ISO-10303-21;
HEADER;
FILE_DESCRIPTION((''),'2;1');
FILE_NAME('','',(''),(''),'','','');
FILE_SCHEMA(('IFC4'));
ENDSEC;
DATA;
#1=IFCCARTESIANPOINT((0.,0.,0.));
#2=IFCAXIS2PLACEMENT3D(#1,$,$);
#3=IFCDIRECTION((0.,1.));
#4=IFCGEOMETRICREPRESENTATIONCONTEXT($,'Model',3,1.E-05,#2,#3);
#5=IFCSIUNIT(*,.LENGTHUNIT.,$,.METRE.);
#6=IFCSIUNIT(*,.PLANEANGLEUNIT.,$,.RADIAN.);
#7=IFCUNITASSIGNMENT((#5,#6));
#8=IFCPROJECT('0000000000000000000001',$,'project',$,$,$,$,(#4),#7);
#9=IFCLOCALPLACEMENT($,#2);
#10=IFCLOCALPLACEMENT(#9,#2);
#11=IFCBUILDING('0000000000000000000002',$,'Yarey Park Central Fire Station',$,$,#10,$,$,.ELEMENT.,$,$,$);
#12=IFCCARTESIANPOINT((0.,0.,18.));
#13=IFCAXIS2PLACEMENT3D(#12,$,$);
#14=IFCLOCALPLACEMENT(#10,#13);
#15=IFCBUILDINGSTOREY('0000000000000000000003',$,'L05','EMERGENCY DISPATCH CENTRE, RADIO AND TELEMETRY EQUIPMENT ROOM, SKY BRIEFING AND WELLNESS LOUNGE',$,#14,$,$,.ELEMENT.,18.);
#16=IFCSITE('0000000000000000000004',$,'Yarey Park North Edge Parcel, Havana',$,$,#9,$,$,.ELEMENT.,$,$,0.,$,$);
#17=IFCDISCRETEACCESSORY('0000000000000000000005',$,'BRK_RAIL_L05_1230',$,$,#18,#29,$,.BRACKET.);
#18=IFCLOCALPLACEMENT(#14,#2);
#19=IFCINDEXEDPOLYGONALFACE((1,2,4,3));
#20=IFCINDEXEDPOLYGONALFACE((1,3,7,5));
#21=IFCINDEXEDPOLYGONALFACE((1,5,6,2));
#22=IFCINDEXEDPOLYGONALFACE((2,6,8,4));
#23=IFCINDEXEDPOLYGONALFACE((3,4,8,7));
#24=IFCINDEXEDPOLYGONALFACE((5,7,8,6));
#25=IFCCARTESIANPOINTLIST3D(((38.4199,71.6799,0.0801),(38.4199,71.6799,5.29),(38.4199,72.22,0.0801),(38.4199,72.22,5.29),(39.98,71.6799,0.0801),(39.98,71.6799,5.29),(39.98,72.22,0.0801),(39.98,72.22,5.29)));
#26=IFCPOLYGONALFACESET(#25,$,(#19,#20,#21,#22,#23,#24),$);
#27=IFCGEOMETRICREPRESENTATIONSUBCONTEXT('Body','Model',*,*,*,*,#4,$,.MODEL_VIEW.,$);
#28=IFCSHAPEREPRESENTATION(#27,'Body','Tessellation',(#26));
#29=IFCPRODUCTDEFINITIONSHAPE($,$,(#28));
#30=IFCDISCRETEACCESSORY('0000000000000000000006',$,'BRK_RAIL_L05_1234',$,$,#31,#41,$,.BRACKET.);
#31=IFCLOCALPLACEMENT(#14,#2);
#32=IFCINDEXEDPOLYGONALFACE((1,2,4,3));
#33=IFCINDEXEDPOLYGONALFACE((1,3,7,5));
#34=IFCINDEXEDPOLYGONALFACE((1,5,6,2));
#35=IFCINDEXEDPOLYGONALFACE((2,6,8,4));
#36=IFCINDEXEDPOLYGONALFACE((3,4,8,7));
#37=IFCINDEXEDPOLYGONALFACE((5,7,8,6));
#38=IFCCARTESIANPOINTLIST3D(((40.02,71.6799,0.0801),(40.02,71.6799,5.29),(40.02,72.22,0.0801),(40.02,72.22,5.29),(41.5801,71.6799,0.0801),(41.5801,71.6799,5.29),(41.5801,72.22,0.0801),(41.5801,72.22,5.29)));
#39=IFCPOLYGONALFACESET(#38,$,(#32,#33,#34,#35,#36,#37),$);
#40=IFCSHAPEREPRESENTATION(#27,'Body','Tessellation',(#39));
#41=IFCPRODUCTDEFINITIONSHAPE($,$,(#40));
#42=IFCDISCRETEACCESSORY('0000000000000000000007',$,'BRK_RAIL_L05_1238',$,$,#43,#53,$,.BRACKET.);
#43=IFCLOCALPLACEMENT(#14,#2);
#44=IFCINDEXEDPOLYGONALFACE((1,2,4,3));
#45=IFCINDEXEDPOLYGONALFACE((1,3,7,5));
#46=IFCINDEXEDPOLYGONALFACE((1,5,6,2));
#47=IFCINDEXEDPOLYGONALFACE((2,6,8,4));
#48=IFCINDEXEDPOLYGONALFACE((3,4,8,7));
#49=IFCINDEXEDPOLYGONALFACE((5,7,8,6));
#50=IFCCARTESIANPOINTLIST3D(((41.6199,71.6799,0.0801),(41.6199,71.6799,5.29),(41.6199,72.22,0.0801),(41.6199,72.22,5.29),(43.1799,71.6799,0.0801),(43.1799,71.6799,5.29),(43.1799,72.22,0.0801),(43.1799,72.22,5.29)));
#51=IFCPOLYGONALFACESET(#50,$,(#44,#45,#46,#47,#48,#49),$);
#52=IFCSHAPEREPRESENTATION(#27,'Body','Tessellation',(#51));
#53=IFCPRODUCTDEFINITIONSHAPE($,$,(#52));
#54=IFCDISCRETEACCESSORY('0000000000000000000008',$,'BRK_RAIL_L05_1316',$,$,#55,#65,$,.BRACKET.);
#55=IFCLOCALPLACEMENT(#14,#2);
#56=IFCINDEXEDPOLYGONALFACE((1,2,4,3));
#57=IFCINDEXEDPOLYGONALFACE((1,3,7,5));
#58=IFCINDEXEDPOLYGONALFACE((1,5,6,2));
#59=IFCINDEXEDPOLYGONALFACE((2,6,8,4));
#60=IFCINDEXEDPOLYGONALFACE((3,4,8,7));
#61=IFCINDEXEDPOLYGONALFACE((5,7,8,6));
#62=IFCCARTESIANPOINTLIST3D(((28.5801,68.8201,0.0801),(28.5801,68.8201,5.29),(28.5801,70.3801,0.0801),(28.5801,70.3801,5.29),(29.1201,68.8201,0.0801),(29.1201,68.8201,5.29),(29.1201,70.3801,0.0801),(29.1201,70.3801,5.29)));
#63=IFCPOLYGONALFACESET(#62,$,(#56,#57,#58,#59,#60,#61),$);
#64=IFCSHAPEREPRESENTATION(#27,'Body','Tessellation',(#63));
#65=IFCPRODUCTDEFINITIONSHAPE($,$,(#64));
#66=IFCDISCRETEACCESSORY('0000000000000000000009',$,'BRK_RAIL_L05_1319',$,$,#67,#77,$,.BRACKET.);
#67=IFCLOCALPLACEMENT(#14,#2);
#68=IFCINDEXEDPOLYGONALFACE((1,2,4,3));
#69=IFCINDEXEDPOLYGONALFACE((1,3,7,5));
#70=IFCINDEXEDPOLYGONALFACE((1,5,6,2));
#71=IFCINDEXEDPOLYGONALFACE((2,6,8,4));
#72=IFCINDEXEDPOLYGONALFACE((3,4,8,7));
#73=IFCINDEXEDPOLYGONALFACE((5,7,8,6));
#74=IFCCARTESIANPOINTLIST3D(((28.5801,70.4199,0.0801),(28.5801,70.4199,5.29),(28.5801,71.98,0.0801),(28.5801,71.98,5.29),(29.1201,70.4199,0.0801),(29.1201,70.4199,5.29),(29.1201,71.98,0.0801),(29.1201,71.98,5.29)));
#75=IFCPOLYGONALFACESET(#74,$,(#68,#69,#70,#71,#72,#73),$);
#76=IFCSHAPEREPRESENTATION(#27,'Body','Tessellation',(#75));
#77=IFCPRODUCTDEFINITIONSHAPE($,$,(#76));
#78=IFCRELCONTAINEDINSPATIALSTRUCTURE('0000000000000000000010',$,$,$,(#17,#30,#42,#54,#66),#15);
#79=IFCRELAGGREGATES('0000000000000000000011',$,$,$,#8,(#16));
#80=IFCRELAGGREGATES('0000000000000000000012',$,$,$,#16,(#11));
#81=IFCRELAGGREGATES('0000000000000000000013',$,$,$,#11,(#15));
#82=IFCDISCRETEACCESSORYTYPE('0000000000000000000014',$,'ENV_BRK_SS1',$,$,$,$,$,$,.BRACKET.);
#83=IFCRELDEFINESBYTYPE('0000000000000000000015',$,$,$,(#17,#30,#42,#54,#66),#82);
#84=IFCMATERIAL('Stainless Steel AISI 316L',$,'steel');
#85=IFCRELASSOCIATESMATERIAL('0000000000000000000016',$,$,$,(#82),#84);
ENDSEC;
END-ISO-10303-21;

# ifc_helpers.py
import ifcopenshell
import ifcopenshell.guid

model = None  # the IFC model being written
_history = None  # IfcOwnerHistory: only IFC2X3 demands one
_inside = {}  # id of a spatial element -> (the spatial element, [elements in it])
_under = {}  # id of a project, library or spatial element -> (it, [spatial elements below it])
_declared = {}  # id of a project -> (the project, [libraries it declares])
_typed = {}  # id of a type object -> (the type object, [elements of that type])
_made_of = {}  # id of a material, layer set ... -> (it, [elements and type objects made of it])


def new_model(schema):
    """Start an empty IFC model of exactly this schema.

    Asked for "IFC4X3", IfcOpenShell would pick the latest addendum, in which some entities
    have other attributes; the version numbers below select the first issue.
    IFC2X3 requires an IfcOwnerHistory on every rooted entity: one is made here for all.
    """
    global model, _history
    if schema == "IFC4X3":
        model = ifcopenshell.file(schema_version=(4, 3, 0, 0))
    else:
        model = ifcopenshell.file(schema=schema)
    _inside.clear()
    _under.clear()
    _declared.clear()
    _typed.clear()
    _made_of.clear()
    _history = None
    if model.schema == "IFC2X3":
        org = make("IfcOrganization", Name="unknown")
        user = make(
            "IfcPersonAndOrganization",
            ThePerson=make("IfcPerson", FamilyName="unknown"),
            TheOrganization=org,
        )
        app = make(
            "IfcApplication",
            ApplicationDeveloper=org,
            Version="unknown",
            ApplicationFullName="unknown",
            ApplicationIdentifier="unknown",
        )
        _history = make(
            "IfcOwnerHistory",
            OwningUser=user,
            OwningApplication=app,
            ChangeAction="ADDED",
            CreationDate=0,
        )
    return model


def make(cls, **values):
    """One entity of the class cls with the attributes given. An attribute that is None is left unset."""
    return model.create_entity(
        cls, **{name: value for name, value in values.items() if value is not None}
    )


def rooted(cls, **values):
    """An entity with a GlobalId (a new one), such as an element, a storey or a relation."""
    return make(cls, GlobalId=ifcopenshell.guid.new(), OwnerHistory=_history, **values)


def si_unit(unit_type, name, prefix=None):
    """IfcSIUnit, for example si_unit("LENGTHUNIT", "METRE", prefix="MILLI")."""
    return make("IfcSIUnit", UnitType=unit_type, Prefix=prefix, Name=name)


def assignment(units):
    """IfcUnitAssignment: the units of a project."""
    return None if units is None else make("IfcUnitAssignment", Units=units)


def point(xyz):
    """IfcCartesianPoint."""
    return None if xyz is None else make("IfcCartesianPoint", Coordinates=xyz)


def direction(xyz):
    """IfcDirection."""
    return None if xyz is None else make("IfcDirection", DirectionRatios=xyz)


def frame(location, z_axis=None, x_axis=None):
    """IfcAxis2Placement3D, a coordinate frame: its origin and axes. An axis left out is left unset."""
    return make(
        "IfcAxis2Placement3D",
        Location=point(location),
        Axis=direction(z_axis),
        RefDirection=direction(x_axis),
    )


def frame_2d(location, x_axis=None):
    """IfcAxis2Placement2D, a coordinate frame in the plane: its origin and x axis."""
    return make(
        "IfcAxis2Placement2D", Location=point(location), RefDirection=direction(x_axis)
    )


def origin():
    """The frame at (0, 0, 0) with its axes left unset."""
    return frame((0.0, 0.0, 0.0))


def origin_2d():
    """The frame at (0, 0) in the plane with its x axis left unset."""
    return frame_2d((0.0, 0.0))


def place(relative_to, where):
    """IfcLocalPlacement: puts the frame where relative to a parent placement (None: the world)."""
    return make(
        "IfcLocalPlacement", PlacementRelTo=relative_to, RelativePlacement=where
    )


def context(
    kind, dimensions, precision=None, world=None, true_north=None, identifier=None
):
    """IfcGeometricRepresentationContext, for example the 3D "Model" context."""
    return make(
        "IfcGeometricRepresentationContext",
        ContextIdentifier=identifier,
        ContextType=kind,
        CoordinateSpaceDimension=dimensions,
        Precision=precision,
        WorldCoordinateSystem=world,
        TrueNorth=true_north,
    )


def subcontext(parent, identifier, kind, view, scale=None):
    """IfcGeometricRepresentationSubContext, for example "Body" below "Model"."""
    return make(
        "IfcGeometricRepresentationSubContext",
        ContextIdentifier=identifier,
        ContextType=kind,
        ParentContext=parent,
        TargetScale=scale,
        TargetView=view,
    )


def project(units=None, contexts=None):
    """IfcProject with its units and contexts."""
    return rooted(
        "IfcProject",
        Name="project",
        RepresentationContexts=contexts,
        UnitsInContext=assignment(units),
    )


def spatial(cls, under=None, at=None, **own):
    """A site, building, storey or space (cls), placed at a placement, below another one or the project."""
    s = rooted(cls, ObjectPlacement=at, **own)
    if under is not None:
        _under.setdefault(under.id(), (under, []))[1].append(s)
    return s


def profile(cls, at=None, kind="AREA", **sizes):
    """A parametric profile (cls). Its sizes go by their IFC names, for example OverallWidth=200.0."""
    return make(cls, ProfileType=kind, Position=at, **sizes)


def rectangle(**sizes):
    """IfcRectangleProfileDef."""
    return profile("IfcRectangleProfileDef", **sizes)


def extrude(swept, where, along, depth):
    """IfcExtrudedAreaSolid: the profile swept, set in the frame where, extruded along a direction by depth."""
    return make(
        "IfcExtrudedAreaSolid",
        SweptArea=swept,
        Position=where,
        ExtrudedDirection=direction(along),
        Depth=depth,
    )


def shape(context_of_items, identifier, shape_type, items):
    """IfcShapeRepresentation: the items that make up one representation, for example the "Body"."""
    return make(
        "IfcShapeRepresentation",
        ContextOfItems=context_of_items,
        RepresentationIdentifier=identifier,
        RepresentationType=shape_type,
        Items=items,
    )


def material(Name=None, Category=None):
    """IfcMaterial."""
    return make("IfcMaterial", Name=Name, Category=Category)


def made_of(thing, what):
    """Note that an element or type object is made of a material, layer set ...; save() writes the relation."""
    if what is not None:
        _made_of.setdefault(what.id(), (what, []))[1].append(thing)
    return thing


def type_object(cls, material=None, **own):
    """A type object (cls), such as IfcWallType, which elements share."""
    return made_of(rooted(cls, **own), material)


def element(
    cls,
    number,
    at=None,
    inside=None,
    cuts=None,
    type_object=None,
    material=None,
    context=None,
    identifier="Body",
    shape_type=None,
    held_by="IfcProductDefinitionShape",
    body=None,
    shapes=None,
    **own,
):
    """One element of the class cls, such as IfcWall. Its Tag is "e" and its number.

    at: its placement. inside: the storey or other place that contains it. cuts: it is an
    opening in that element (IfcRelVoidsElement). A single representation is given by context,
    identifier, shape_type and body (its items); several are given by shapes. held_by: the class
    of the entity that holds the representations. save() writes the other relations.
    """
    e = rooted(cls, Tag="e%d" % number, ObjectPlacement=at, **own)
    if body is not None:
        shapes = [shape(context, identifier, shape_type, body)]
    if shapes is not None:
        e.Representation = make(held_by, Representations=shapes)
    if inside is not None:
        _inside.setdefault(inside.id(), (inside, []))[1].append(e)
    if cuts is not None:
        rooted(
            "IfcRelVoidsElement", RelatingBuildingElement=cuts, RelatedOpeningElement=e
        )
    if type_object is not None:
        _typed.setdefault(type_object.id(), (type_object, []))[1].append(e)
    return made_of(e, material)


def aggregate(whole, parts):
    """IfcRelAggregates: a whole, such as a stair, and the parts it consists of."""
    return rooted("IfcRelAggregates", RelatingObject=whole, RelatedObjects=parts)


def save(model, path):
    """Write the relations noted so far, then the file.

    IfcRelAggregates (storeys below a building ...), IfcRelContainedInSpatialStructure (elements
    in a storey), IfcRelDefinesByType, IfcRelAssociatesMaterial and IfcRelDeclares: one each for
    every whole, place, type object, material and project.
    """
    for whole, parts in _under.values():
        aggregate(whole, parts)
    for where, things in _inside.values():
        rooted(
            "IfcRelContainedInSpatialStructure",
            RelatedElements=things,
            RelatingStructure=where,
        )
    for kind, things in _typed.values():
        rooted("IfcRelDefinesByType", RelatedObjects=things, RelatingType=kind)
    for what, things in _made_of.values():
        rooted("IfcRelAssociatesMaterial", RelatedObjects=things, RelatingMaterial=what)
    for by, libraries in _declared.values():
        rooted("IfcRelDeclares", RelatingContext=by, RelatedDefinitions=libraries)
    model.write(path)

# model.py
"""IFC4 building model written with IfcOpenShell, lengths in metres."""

from ifc_helpers import new_model, si_unit, direction, frame, origin, origin_2d, place, context, subcontext, project, spatial, rectangle, extrude, material, type_object, element, save


model = new_model("IFC4")

# Units and contexts
model_context = context("Model", 3, precision=1e-05, world=origin(), true_north=direction((0.0, 1.0)))
body_context = subcontext(model_context, "Body", "Model", "MODEL_VIEW")
ifc_project = project(units=[si_unit("LENGTHUNIT", "METRE"), si_unit("PLANEANGLEUNIT", "RADIAN")], contexts=[model_context])

# Site, building, storey
site_placement = place(None, origin())
site = spatial("IfcSite", under=ifc_project, at=site_placement, Name="Yarey Park North Edge Parcel, Havana", CompositionType="ELEMENT", RefElevation=0.0)
building_placement = place(site_placement, origin())
building = spatial("IfcBuilding", under=site, at=building_placement, Name="Yarey Park Central Fire Station", CompositionType="ELEMENT")
storey_placement = place(building_placement, frame((0.0, 0.0, 18.0)))
storey = spatial("IfcBuildingStorey", under=building, at=storey_placement, Name="L05", Description="EMERGENCY DISPATCH CENTRE, RADIO AND TELEMETRY EQUIPMENT ROOM, SKY BRIEFING AND WELLNESS LOUNGE", CompositionType="ELEMENT", Elevation=18.0)

# Shared definitions
ifc_material_1 = material(Name="Stainless Steel AISI 316L", Category="steel")

# Discrete accessories
discrete_accessory_type = type_object("IfcDiscreteAccessoryType", Name="ENV_BRK_SS1", PredefinedType="BRACKET", material=ifc_material_1)
for number, where, z_axis, x_axis, name in (
    (1, (39.2, 71.95, 0.0801), (0.0, 0.0, 1.0), (1.0, 0.0, 0.0), "BRK_RAIL_L05_1230"),
    (2, (40.8, 71.95, 0.0801), (0.0, 0.0, 1.0), (1.0, 0.0, 0.0), "BRK_RAIL_L05_1234"),
    (3, (42.3999, 71.95, 0.0801), (0.0, 0.0, 1.0), (1.0, 0.0, 0.0), "BRK_RAIL_L05_1238"),
):
    element("IfcDiscreteAccessory", number, at=place(storey_placement, frame(where, z_axis=z_axis, x_axis=x_axis)), inside=storey, type_object=discrete_accessory_type, Name=name, PredefinedType="BRACKET", context=body_context, shape_type="SweptSolid", body=[
        extrude(rectangle(XDim=1.5601, YDim=0.54, at=origin_2d()), origin(), (0.0, 0.0, 1.0), 5.21),
    ])
for number, where, z_axis, x_axis, name in (
    (4, (28.8501, 69.6001, 0.0801), (0.0, 0.0, 1.0), (1.0, 0.0, 0.0), "BRK_RAIL_L05_1316"),
    (5, (28.8501, 71.2, 0.0801), (0.0, 0.0, 1.0), (1.0, 0.0, 0.0), "BRK_RAIL_L05_1319"),
):
    element("IfcDiscreteAccessory", number, at=place(storey_placement, frame(where, z_axis=z_axis, x_axis=x_axis)), inside=storey, type_object=discrete_accessory_type, Name=name, PredefinedType="BRACKET", context=body_context, shape_type="SweptSolid", body=[
        extrude(rectangle(XDim=0.54, YDim=1.5601, at=origin_2d()), origin(), (0.0, 0.0, 1.0), 5.21),
    ])

save(model, "model.ifc")
